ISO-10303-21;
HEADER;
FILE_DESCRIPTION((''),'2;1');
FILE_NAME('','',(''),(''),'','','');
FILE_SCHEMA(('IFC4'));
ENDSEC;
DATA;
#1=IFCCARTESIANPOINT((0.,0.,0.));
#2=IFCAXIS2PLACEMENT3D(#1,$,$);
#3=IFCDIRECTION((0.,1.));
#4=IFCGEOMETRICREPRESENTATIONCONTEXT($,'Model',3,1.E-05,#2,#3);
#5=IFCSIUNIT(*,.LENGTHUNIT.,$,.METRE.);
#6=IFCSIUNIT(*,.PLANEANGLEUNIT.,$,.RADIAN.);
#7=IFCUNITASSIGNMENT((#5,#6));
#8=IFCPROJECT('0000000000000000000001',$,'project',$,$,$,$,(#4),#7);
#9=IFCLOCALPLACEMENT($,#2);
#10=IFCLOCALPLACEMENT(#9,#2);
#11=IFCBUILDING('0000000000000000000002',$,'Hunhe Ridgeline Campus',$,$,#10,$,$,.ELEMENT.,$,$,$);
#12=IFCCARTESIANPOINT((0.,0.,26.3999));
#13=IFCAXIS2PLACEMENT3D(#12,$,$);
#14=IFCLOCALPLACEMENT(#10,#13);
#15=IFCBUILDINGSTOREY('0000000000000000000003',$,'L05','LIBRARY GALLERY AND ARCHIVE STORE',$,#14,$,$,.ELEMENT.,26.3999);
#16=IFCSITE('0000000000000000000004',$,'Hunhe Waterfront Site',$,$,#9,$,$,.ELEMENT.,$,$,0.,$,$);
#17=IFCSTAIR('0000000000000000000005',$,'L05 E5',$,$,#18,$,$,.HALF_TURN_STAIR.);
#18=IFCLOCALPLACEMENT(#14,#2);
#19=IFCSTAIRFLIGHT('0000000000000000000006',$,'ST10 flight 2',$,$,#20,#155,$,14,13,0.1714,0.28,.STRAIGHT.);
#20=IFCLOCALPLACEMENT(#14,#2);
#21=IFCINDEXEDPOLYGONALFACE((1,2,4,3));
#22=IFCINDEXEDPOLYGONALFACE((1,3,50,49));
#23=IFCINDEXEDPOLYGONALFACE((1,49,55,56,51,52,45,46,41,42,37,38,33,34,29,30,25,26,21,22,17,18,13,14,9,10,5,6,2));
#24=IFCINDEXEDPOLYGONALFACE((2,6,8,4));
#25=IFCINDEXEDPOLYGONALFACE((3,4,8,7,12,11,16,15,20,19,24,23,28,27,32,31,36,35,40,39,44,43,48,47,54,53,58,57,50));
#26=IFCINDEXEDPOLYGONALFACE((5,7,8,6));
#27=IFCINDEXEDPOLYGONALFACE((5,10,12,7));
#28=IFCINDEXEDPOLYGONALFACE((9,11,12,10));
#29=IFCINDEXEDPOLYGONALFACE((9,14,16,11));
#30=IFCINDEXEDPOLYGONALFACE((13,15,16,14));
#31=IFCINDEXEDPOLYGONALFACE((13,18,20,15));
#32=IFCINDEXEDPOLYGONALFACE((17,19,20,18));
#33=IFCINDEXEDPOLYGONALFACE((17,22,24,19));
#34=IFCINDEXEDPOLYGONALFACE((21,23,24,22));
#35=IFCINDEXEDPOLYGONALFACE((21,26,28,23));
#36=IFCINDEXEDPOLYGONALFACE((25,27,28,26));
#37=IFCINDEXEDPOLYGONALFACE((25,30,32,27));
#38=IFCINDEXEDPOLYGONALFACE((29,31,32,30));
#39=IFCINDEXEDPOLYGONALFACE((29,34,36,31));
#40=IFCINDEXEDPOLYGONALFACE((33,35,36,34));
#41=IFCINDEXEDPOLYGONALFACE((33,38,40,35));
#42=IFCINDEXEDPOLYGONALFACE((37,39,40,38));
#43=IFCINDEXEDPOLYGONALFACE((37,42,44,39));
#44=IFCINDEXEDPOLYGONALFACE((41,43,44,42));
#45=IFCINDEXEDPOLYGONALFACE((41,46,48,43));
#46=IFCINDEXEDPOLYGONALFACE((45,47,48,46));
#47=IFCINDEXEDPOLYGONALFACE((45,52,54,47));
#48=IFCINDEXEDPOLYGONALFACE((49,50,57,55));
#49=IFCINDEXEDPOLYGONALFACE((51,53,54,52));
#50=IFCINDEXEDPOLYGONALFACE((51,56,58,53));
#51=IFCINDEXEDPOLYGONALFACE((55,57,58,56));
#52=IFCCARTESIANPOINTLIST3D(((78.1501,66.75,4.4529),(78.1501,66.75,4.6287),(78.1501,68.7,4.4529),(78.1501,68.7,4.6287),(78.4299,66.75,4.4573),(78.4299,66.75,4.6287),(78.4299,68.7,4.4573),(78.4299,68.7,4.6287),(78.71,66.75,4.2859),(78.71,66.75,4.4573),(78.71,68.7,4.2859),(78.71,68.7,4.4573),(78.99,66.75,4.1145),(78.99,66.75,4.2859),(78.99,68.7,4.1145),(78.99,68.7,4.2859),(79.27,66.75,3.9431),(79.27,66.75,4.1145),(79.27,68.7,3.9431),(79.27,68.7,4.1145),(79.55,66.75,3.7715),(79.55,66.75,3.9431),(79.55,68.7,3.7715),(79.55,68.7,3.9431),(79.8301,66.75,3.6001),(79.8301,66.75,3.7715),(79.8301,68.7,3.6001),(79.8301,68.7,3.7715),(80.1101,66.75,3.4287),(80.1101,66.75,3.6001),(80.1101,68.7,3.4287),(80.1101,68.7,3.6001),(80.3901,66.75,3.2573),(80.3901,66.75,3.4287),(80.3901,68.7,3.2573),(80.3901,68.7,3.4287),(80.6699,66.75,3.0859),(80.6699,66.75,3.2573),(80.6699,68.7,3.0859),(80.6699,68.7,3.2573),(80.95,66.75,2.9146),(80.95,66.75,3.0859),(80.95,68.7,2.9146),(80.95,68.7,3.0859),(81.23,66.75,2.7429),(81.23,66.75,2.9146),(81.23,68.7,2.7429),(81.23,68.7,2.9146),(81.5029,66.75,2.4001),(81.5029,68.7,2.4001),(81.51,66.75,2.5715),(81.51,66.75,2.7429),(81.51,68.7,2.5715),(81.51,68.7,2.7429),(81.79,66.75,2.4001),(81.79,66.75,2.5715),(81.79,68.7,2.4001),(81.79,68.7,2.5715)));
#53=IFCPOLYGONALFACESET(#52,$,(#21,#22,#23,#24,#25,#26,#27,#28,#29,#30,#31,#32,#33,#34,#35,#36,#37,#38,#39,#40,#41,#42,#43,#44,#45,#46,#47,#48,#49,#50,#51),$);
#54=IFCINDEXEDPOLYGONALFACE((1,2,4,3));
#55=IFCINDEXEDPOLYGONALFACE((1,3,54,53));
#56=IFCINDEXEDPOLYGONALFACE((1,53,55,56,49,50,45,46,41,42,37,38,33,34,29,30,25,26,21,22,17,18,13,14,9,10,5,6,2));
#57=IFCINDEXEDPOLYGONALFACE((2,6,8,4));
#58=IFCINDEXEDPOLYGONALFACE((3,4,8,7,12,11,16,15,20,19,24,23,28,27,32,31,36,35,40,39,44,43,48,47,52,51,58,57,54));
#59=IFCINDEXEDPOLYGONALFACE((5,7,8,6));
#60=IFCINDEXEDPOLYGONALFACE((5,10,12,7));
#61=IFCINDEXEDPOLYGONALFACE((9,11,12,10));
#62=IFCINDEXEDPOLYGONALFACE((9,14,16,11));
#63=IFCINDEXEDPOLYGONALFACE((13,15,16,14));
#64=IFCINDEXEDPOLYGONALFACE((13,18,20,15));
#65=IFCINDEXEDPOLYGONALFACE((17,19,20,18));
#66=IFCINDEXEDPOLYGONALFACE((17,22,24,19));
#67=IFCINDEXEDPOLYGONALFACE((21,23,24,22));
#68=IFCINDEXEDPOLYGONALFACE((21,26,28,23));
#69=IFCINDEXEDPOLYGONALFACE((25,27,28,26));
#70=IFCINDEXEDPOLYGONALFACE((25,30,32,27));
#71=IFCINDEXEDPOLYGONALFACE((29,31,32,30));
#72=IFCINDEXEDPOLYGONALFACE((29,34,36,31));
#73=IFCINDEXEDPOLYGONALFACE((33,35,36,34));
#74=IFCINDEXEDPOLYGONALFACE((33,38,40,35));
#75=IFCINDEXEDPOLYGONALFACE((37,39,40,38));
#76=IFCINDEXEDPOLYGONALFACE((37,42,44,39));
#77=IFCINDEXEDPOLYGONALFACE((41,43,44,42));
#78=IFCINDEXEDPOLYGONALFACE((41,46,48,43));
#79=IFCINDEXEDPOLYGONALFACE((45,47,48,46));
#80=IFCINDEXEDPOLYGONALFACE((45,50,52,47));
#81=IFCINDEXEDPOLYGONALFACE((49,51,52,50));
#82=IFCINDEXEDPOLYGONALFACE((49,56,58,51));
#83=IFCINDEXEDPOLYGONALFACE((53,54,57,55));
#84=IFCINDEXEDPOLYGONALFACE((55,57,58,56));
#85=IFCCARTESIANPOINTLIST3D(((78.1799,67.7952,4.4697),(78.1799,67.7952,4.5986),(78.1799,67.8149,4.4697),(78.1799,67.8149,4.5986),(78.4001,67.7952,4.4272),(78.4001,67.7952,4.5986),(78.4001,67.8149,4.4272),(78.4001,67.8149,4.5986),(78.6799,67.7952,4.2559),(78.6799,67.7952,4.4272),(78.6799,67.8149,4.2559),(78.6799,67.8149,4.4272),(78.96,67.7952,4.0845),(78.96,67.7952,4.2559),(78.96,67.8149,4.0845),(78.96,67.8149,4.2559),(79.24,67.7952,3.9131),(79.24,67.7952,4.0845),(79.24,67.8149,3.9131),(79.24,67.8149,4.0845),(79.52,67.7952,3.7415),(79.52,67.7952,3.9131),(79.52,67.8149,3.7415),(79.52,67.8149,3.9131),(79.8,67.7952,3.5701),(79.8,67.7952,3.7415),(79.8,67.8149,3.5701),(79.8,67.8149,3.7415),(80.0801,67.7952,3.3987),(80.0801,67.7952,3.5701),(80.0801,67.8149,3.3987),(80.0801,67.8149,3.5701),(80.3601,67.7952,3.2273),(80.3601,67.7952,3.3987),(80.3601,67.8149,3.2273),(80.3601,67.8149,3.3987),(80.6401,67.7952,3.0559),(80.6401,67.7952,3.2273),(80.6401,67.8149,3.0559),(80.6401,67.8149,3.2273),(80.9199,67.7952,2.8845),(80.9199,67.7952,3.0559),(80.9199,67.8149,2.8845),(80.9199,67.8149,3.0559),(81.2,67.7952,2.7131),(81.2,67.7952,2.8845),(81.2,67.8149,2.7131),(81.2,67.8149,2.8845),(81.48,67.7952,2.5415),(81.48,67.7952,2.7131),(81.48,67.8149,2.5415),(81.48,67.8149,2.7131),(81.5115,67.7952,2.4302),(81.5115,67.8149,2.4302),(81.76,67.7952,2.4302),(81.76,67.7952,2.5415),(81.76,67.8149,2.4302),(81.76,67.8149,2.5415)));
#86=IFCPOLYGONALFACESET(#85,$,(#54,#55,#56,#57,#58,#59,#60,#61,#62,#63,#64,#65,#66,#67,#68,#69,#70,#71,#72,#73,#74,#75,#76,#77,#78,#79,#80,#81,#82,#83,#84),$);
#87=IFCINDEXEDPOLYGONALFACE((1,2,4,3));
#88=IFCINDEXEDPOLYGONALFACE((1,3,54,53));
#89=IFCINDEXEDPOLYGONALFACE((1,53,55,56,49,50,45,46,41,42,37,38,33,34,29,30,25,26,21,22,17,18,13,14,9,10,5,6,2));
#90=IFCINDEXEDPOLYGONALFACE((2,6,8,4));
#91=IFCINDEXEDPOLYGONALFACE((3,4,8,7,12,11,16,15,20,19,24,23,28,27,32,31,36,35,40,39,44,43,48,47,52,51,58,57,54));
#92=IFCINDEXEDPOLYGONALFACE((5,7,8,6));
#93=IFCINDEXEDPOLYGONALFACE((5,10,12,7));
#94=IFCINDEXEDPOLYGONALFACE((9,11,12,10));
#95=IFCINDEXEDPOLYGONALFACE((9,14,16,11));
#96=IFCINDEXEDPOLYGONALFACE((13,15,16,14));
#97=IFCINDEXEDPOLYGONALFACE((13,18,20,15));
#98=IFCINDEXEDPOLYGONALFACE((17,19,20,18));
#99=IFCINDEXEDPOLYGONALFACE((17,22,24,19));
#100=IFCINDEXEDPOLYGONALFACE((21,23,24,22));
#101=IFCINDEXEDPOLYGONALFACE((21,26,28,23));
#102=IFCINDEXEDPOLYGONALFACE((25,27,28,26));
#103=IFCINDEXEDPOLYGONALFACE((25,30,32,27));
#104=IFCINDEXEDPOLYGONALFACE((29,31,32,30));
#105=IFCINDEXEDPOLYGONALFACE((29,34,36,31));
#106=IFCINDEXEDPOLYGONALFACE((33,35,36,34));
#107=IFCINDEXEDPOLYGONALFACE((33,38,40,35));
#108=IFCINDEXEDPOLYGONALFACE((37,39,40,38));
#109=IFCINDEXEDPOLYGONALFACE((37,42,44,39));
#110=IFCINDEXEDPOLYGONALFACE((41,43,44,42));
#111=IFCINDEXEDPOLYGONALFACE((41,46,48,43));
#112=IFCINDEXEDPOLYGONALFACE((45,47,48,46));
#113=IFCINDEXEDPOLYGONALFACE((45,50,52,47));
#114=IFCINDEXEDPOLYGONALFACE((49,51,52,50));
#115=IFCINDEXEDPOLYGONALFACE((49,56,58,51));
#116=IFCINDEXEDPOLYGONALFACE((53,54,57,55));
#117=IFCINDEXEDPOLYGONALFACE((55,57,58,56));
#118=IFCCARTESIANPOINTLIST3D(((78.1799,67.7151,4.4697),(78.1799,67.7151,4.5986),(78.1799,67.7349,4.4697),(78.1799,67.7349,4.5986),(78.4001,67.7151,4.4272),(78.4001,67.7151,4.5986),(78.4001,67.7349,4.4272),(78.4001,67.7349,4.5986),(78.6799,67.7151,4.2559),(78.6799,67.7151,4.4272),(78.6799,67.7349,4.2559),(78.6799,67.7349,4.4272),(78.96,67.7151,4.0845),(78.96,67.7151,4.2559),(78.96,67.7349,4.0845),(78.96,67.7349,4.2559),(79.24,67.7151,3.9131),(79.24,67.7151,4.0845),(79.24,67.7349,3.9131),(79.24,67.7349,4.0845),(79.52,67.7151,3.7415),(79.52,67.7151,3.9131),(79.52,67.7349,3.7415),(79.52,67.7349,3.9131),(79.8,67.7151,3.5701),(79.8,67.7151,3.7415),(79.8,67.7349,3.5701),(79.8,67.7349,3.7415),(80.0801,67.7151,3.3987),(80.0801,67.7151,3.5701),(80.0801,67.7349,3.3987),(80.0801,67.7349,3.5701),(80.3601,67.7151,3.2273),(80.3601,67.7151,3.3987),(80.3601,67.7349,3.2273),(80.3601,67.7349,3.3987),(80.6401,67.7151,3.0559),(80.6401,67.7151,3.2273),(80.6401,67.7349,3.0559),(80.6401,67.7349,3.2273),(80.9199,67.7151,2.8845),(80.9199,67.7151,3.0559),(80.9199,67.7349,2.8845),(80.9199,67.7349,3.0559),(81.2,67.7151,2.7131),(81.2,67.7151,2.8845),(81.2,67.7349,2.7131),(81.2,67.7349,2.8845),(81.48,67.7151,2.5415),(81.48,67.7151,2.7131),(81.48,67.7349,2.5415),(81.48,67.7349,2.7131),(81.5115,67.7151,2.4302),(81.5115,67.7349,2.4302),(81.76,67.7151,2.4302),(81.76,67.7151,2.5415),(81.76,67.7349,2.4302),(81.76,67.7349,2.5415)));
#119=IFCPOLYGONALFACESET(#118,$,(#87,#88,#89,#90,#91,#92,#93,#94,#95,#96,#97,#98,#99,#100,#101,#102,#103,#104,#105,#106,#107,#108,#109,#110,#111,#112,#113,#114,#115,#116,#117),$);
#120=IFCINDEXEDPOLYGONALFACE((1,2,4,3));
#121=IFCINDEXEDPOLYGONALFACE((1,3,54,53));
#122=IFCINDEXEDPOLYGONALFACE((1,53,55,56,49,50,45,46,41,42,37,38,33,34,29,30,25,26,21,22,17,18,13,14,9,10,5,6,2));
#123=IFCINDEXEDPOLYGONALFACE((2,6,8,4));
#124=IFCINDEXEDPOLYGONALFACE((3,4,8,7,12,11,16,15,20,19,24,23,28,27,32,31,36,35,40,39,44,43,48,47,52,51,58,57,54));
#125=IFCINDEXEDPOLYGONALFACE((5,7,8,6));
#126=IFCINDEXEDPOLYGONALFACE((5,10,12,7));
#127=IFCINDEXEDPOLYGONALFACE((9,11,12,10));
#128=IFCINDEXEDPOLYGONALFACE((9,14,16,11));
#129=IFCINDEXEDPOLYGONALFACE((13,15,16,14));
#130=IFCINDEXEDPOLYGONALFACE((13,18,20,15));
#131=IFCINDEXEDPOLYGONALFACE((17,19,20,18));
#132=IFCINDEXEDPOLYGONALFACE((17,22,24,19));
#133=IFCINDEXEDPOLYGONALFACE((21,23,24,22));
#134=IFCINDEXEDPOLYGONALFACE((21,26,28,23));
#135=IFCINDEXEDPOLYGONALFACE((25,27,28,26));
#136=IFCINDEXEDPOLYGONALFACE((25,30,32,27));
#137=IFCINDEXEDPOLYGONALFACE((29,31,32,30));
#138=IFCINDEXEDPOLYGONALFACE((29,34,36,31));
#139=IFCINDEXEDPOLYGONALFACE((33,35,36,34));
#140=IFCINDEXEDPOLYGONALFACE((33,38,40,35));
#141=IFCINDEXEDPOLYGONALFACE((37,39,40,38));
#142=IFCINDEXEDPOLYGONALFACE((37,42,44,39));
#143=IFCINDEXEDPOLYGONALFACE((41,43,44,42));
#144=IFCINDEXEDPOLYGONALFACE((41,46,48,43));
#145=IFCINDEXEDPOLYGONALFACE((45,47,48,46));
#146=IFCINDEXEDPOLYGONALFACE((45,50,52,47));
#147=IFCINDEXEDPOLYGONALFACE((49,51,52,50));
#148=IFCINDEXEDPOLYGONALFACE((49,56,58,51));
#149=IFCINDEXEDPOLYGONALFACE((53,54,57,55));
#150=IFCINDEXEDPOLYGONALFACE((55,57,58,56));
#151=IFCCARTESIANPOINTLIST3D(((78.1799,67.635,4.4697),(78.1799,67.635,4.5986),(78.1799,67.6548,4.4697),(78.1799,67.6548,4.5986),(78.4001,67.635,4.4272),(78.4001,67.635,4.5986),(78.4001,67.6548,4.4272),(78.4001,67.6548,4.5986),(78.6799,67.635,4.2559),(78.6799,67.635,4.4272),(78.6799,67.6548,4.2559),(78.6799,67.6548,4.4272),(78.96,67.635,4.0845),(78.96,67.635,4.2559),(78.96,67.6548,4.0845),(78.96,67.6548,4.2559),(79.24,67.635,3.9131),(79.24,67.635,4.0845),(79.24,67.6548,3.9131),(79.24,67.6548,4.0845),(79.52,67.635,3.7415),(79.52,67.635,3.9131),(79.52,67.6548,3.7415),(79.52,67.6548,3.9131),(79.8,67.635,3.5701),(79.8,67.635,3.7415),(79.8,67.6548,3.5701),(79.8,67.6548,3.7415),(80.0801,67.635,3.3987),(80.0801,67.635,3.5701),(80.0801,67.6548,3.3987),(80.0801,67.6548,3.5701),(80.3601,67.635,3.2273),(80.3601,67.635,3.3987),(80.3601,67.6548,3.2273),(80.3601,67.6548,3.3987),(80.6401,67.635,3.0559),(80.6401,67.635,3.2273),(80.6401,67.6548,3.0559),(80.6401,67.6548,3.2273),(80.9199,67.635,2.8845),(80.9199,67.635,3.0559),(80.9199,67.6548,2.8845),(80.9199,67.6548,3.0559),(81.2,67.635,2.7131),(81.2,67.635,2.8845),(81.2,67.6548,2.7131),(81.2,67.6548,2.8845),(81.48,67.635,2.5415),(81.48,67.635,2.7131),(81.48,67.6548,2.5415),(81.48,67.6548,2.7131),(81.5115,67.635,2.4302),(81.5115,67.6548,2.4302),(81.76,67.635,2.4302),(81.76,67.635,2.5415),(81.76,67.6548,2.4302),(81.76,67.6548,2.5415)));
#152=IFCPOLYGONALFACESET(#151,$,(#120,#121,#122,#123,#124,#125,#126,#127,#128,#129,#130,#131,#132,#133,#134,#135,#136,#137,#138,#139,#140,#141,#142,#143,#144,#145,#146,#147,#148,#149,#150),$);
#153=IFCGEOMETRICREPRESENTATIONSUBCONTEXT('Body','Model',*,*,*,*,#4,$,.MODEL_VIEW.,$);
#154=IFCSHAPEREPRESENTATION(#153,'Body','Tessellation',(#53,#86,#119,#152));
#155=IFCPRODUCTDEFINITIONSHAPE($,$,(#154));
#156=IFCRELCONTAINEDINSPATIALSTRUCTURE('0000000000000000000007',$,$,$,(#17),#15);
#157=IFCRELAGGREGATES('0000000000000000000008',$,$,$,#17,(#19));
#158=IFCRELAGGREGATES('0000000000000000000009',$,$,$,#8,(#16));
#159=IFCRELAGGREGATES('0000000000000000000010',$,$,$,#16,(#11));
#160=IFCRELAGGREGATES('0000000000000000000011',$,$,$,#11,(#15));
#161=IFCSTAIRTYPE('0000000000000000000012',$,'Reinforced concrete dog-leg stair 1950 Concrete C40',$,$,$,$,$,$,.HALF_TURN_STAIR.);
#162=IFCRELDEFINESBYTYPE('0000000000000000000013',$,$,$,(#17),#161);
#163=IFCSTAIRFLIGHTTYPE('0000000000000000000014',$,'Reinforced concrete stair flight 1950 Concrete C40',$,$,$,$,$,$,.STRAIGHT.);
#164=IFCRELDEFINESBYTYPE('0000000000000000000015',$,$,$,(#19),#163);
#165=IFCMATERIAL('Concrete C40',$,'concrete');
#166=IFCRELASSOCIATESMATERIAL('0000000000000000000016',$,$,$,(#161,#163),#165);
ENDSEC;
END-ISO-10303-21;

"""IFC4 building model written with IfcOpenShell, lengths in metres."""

from ifc_helpers import new_model, si_unit, direction, frame, origin, place, context, subcontext, project, spatial, polyline, outline, extrude, material, type_object, element, aggregate, save


model = new_model("IFC4")

# Units and contexts
model_context = context("Model", 3, precision=1e-05, world=origin(), true_north=direction((0.0, 1.0)))
body_context = subcontext(model_context, "Body", "Model", "MODEL_VIEW")
ifc_project = project(units=[si_unit("LENGTHUNIT", "METRE"), si_unit("PLANEANGLEUNIT", "RADIAN")], contexts=[model_context])

# Site, building, storey
site_placement = place(None, origin())
site = spatial("IfcSite", under=ifc_project, at=site_placement, Name="Hunhe Waterfront Site", CompositionType="ELEMENT", RefElevation=0.0)
building_placement = place(site_placement, origin())
building = spatial("IfcBuilding", under=site, at=building_placement, Name="Hunhe Ridgeline Campus", CompositionType="ELEMENT")
storey_placement = place(building_placement, frame((0.0, 0.0, 26.3999)))
storey = spatial("IfcBuildingStorey", under=building, at=storey_placement, Name="L05", Description="LIBRARY GALLERY AND ARCHIVE STORE", CompositionType="ELEMENT", Elevation=26.3999)

# Stair, stair flight
ifc_material_1 = material(Name="Concrete C40", Category="concrete")
stair_type = type_object("IfcStairType", Name="Reinforced concrete dog-leg stair 1950 Concrete C40", PredefinedType="HALF_TURN_STAIR", material=ifc_material_1)
stair_placement = place(storey_placement, origin())
stair = element("IfcStair", 1, at=stair_placement, inside=storey, type_object=stair_type, Name="L05 E5", PredefinedType="HALF_TURN_STAIR")
stair_flight_type = type_object("IfcStairFlightType", Name="Reinforced concrete stair flight 1950 Concrete C40", PredefinedType="STRAIGHT", material=ifc_material_1)
stair_flight_1_placement = place(storey_placement, frame((81.79, 67.7251, 2.4001), z_axis=(0.0, 0.0, 1.0), x_axis=(-1.0, 0.0, 0.0)))
stair_flight_1 = element("IfcStairFlight", 2, at=stair_flight_1_placement, type_object=stair_flight_type, Name="ST10 flight 2", NumberOfRisers=14, NumberOfTreads=13, PredefinedType="STRAIGHT", RiserHeight=0.1714, TreadLength=0.28, context=body_context, shape_type="SweptSolid", body=[
    extrude(outline(polyline([(0.0, 0.0), (0.0, 0.1714), (0.28, 0.1714), (0.28, 0.3428), (0.5601, 0.3428), (0.5601, 0.5144), (0.8401, 0.5144), (0.8401, 0.6858), (1.1201, 0.6858), (1.1201, 0.8572), (1.3999, 0.8572), (1.3999, 1.0286), (1.6799, 1.0286), (1.6799, 1.2), (1.96, 1.2), (1.96, 1.3713), (2.24, 1.3713), (2.24, 1.543), (2.52, 1.543), (2.52, 1.7144), (2.8, 1.7144), (2.8, 1.8857), (3.0801, 1.8857), (3.0801, 2.0571), (3.3601, 2.0571), (3.3601, 2.2285), (3.6399, 2.2285), (3.6399, 2.3999), (3.6399, 2.0527), (0.2871, 0.0), (0.0, 0.0)])), frame((0.0, 0.9751, 0.0), z_axis=(0.0, -1.0, 0.0), x_axis=(1.0, 0.0, 0.0)), (0.0, 0.0, 1.0), 1.95),
    extrude(outline(polyline([(0.03, 0.03), (0.03, 0.1414), (0.3101, 0.1414), (0.3101, 0.313), (0.5901, 0.313), (0.5901, 0.4844), (0.8701, 0.4844), (0.8701, 0.6558), (1.1499, 0.6558), (1.1499, 0.8271), (1.4299, 0.8271), (1.4299, 0.9985), (1.71, 0.9985), (1.71, 1.1699), (1.99, 1.1699), (1.99, 1.3413), (2.27, 1.3413), (2.27, 1.5129), (2.55, 1.5129), (2.55, 1.6843), (2.8301, 1.6843), (2.8301, 1.8557), (3.1101, 1.8557), (3.1101, 2.0271), (3.3899, 2.0271), (3.3899, 2.1985), (3.6101, 2.1985), (3.6101, 2.0696), (0.2786, 0.03), (0.03, 0.03)])), frame((0.0, -0.0701, 0.0), z_axis=(0.0, -1.0, 0.0), x_axis=(1.0, 0.0, 0.0)), (0.0, 0.0, 1.0), 0.0198),
    extrude(outline(polyline([(0.03, 0.03), (0.03, 0.1414), (0.3101, 0.1414), (0.3101, 0.313), (0.5901, 0.313), (0.5901, 0.4844), (0.8701, 0.4844), (0.8701, 0.6558), (1.1499, 0.6558), (1.1499, 0.8271), (1.4299, 0.8271), (1.4299, 0.9985), (1.71, 0.9985), (1.71, 1.1699), (1.99, 1.1699), (1.99, 1.3413), (2.27, 1.3413), (2.27, 1.5129), (2.55, 1.5129), (2.55, 1.6843), (2.8301, 1.6843), (2.8301, 1.8557), (3.1101, 1.8557), (3.1101, 2.0271), (3.3899, 2.0271), (3.3899, 2.1985), (3.6101, 2.1985), (3.6101, 2.0696), (0.2786, 0.03), (0.03, 0.03)])), frame((0.0, 0.01, 0.0), z_axis=(0.0, -1.0, 0.0), x_axis=(1.0, 0.0, 0.0)), (0.0, 0.0, 1.0), 0.0198),
    extrude(outline(polyline([(0.03, 0.03), (0.03, 0.1414), (0.3101, 0.1414), (0.3101, 0.313), (0.5901, 0.313), (0.5901, 0.4844), (0.8701, 0.4844), (0.8701, 0.6558), (1.1499, 0.6558), (1.1499, 0.8271), (1.4299, 0.8271), (1.4299, 0.9985), (1.71, 0.9985), (1.71, 1.1699), (1.99, 1.1699), (1.99, 1.3413), (2.27, 1.3413), (2.27, 1.5129), (2.55, 1.5129), (2.55, 1.6843), (2.8301, 1.6843), (2.8301, 1.8557), (3.1101, 1.8557), (3.1101, 2.0271), (3.3899, 2.0271), (3.3899, 2.1985), (3.6101, 2.1985), (3.6101, 2.0696), (0.2786, 0.03), (0.03, 0.03)])), frame((0.0, 0.0901, 0.0), z_axis=(0.0, -1.0, 0.0), x_axis=(1.0, 0.0, 0.0)), (0.0, 0.0, 1.0), 0.0198),
])
aggregate(stair, [stair_flight_1])

save(model, "model.ifc")
